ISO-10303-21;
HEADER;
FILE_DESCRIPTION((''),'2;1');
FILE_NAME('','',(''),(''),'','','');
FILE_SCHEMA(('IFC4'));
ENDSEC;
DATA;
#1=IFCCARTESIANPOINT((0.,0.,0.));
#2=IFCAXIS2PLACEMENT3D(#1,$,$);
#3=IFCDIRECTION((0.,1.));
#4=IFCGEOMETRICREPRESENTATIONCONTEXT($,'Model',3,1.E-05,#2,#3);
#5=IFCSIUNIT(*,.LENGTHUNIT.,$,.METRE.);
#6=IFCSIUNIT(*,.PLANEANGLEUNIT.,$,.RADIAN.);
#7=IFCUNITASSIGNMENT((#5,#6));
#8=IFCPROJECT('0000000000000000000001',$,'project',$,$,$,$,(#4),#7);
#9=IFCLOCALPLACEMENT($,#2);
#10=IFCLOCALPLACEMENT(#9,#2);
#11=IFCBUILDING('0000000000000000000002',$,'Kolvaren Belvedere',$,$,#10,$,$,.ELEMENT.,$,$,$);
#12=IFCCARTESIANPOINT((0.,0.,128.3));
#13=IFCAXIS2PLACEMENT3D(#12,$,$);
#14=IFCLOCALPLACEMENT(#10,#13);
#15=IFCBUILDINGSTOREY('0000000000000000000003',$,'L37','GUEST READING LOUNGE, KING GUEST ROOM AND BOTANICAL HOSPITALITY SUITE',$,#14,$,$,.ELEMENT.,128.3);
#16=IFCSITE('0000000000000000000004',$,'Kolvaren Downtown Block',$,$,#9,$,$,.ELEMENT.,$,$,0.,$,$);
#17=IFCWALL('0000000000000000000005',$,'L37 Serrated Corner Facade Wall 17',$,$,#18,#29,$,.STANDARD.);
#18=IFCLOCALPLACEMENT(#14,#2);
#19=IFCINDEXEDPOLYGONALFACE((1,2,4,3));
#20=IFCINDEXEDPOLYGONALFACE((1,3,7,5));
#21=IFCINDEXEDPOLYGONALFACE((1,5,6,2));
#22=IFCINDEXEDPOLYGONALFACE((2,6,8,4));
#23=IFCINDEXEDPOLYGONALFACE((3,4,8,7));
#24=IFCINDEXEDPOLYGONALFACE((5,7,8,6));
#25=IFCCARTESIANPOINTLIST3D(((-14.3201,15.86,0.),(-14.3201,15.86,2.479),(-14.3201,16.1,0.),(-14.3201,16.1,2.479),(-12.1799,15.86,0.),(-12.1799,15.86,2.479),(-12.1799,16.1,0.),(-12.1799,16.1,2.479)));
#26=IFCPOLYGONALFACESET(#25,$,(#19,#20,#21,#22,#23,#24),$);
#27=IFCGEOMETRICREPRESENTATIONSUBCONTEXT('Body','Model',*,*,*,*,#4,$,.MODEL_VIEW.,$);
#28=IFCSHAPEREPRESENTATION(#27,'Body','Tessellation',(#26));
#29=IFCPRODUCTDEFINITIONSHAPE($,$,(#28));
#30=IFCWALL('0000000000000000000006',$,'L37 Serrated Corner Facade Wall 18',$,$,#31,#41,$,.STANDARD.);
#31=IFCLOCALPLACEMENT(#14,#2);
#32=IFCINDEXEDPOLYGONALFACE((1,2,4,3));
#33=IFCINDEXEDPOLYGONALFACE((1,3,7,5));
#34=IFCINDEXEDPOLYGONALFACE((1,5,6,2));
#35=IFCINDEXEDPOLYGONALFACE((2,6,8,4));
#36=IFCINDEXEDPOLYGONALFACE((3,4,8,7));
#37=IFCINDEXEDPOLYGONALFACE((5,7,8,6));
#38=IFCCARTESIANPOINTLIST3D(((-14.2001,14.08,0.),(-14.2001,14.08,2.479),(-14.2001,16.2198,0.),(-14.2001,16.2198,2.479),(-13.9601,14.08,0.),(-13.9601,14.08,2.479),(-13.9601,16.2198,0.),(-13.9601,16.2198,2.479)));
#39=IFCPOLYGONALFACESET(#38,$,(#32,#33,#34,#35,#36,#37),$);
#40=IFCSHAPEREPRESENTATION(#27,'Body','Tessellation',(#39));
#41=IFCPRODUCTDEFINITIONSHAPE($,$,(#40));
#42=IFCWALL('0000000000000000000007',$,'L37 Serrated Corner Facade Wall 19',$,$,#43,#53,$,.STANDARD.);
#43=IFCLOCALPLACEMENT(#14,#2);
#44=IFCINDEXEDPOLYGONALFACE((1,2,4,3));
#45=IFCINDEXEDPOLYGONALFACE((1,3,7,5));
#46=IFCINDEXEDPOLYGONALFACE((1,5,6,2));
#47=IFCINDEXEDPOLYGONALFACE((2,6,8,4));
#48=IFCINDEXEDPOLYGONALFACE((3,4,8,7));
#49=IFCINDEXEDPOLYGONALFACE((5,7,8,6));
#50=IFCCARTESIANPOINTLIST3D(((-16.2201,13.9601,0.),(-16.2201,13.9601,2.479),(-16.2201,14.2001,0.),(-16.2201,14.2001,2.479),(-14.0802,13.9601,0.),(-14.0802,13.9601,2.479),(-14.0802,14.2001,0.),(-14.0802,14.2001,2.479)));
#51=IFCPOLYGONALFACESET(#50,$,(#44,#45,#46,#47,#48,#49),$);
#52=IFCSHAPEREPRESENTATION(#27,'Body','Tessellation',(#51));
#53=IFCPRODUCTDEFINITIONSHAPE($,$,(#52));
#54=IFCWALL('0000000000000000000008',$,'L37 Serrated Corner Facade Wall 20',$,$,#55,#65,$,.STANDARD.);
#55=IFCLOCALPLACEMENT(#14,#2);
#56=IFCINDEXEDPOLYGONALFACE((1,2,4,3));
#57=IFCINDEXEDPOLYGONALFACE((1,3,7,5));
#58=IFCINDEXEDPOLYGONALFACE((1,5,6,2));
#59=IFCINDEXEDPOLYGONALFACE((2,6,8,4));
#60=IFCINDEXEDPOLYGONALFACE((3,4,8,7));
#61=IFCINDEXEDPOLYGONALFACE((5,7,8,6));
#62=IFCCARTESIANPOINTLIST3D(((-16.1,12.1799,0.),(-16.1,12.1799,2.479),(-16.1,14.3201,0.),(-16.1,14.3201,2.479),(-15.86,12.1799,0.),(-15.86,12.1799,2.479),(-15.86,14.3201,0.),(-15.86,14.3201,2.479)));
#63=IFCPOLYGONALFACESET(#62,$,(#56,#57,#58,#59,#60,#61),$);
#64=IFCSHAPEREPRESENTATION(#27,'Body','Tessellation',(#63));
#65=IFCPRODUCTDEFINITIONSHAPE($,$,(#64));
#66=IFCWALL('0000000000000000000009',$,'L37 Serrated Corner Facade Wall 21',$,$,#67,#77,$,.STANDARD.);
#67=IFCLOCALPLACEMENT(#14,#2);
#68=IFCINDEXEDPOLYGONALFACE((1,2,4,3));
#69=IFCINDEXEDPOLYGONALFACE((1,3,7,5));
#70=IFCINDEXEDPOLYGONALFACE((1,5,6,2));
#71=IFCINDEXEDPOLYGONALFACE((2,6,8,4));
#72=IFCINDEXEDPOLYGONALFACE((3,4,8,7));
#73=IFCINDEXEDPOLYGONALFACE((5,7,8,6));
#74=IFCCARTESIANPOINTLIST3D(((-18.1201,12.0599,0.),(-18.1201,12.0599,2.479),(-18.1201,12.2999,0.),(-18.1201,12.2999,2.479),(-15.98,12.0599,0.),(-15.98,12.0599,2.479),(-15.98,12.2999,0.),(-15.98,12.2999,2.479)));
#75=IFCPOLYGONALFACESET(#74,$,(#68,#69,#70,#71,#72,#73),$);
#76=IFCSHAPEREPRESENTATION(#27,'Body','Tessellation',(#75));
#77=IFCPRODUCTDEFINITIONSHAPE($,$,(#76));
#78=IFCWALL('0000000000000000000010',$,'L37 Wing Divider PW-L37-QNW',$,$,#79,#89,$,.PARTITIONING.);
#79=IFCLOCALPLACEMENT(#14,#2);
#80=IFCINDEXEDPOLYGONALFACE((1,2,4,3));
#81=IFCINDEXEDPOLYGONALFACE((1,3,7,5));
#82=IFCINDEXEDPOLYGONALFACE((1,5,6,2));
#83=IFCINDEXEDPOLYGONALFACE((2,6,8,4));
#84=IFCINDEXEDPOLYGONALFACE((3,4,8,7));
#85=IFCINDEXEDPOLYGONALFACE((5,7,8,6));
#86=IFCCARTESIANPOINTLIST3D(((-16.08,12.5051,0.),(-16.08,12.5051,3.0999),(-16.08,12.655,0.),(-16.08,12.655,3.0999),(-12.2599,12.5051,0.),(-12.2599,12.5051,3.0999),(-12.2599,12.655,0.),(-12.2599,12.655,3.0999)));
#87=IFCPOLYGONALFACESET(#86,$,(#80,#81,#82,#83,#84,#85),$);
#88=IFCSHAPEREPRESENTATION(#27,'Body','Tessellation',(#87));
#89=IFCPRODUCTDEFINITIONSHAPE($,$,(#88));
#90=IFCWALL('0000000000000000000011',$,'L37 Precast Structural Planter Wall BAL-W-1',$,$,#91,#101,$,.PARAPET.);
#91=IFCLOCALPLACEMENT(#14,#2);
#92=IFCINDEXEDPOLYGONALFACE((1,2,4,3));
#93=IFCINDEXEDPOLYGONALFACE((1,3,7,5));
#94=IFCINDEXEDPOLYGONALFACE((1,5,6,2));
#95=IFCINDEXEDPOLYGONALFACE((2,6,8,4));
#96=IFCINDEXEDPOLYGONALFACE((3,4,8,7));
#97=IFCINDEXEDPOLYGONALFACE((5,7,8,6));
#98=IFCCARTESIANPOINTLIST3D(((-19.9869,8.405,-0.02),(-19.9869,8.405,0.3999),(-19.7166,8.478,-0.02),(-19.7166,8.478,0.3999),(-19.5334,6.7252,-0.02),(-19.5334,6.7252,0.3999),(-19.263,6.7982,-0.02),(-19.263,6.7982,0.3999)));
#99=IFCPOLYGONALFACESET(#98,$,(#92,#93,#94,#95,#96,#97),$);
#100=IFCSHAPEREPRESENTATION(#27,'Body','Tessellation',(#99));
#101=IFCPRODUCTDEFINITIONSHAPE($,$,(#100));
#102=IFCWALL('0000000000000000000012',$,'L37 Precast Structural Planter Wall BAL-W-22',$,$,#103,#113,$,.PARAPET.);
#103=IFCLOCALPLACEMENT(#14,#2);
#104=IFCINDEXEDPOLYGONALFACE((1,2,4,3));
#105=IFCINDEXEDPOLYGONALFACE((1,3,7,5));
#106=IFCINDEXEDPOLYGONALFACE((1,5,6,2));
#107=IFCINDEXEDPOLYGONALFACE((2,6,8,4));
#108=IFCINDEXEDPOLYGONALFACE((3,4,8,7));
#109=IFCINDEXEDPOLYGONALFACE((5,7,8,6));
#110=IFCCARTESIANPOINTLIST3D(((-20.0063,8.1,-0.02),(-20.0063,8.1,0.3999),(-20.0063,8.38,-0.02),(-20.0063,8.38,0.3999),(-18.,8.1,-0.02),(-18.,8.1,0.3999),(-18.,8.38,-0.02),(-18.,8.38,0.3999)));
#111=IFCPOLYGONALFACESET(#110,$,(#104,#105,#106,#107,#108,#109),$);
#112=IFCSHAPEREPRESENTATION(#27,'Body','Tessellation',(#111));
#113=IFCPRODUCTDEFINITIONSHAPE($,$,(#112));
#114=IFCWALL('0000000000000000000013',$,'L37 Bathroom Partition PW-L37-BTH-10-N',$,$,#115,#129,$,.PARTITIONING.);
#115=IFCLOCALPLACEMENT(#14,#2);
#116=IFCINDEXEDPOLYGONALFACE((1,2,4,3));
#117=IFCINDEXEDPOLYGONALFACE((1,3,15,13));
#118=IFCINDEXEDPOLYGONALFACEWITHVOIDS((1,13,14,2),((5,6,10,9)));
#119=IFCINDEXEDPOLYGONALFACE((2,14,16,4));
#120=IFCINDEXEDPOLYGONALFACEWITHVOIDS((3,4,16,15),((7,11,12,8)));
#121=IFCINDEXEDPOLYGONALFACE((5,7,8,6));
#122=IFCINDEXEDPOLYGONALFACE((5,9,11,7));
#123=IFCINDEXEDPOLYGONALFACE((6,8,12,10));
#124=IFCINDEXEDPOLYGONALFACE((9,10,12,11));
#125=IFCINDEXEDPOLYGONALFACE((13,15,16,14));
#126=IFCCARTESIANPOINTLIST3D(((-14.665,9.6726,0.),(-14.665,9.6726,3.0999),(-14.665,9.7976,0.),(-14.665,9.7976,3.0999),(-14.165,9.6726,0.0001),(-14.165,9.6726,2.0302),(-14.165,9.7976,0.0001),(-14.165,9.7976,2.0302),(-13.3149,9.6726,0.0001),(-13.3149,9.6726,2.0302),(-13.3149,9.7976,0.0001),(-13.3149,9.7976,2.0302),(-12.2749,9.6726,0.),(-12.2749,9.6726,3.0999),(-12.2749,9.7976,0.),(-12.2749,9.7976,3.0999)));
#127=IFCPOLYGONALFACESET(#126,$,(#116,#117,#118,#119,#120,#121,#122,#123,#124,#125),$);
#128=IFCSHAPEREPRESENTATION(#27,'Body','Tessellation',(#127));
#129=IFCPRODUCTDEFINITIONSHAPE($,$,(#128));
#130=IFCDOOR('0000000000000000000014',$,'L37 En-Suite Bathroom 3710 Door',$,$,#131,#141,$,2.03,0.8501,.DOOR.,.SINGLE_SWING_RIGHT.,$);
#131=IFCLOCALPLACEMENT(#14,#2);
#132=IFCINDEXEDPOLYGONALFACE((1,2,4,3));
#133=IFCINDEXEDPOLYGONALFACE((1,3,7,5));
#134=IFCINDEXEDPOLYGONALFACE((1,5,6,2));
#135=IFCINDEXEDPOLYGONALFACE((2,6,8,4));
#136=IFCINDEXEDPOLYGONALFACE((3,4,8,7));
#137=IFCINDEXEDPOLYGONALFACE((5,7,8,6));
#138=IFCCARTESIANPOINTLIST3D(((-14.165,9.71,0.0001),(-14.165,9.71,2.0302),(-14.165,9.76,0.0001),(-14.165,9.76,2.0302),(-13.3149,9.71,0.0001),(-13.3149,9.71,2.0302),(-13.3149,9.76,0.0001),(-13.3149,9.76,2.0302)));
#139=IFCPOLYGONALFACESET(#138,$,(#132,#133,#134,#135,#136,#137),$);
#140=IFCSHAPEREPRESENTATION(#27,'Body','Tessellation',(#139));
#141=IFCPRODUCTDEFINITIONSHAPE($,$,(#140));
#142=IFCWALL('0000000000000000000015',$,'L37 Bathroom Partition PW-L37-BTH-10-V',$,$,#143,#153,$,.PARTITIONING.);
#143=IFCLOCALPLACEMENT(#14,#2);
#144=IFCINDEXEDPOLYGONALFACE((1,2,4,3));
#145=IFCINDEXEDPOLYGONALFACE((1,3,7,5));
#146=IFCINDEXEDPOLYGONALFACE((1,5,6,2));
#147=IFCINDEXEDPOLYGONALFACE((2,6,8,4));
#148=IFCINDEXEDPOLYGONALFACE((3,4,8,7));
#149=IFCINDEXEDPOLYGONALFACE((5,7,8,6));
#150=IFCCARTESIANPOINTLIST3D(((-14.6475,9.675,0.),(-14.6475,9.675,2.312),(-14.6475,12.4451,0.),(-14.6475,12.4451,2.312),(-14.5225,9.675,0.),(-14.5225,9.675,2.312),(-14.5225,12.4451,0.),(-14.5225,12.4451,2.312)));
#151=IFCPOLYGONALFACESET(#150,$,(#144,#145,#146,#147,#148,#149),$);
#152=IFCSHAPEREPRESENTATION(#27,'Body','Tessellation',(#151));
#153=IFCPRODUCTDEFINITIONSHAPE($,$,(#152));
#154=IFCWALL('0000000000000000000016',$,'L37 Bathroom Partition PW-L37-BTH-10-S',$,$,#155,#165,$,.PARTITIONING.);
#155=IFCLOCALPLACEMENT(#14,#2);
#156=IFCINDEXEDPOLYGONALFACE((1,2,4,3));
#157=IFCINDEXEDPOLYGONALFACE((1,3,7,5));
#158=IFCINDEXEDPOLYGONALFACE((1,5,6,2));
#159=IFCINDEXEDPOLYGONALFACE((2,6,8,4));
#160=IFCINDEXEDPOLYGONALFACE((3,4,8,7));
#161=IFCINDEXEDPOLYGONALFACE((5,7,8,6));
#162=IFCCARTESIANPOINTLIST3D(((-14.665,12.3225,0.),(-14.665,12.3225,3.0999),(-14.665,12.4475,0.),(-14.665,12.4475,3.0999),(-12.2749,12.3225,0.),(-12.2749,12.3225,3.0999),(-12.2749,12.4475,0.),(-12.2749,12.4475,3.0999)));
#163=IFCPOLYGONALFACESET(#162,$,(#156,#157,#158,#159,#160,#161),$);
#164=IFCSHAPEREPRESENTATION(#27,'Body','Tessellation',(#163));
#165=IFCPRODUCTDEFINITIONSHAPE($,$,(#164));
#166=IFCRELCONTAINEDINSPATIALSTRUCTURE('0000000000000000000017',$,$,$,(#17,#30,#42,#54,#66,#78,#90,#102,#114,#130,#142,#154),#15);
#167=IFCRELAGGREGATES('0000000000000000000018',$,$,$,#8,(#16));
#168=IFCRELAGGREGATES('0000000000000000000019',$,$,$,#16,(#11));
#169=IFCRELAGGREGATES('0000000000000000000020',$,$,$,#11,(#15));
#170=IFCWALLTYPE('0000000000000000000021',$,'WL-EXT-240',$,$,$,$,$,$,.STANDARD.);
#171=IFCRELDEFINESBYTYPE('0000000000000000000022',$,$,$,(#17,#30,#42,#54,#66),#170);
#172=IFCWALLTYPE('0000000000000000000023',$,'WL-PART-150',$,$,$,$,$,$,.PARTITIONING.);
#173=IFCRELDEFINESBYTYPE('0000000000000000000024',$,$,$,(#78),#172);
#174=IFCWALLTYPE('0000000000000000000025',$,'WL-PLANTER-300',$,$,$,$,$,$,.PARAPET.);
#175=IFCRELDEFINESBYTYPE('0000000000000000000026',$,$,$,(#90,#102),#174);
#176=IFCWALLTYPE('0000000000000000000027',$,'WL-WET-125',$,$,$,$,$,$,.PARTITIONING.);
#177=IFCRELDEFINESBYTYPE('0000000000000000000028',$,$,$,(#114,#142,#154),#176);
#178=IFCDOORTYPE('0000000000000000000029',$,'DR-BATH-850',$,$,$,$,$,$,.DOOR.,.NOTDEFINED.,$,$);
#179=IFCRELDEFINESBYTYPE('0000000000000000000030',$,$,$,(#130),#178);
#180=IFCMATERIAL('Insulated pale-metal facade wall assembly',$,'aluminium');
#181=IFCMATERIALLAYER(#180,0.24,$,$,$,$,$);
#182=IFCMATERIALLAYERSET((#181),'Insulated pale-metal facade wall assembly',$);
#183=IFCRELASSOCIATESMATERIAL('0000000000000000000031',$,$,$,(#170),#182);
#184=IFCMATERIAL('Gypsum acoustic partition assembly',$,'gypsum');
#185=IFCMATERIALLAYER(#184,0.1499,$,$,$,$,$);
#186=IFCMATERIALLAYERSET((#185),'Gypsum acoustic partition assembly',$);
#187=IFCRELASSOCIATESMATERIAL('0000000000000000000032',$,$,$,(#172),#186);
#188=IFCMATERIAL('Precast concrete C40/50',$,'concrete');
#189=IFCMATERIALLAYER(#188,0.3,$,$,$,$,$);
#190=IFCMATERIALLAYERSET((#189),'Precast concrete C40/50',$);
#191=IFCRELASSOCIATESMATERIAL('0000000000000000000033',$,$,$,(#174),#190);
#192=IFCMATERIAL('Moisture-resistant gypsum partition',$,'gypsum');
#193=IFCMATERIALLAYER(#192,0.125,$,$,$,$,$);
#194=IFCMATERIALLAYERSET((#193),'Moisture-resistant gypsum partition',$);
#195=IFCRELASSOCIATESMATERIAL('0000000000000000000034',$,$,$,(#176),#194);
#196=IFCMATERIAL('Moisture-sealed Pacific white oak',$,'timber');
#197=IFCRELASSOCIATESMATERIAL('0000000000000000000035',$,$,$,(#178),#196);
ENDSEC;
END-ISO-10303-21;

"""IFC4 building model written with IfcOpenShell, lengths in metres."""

from ifc_helpers import new_model, si_unit, direction, frame, frame_2d, origin, place, context, subcontext, project, spatial, rectangle, extrude, material, layer, layer_set, type_object, element, fill, save


model = new_model("IFC4")

# Units and contexts
model_context = context("Model", 3, precision=1e-05, world=origin(), true_north=direction((0.0, 1.0)))
body_context = subcontext(model_context, "Body", "Model", "MODEL_VIEW")
ifc_project = project(units=[si_unit("LENGTHUNIT", "METRE"), si_unit("PLANEANGLEUNIT", "RADIAN")], contexts=[model_context])

# Site, building, storey
site_placement = place(None, origin())
site = spatial("IfcSite", under=ifc_project, at=site_placement, Name="Kolvaren Downtown Block", CompositionType="ELEMENT", RefElevation=0.0)
building_placement = place(site_placement, origin())
building = spatial("IfcBuilding", under=site, at=building_placement, Name="Kolvaren Belvedere", CompositionType="ELEMENT")
storey_placement = place(building_placement, frame((0.0, 0.0, 128.3)))
storey = spatial("IfcBuildingStorey", under=building, at=storey_placement, Name="L37", Description="GUEST READING LOUNGE, KING GUEST ROOM AND BOTANICAL HOSPITALITY SUITE", CompositionType="ELEMENT", Elevation=128.3)

# Walls
ifc_material_1 = material(Name="Insulated pale-metal facade wall assembly", Category="aluminium")
ifc_layer_1 = layer(ifc_material_1, 0.24)
ifc_layer_set_1 = layer_set([ifc_layer_1], Name="Insulated pale-metal facade wall assembly")
wall_type_1 = type_object("IfcWallType", Name="WL-EXT-240", PredefinedType="STANDARD", material=ifc_layer_set_1)
for number, where, z_axis, x_axis, name in (
    (1, (-14.3201, 15.98, 0.0), (0.0, 0.0, 1.0), (1.0, 0.0, 0.0), "L37 Serrated Corner Facade Wall 17"),
):
    element("IfcWall", number, at=place(storey_placement, frame(where, z_axis=z_axis, x_axis=x_axis)), inside=storey, type_object=wall_type_1, Name=name, PredefinedType="STANDARD", context=body_context, shape_type="SweptSolid", body=[
        extrude(rectangle(XDim=2.1401, YDim=0.24, at=frame_2d((1.0701, 0.0))), origin(), (0.0, 0.0, 1.0), 2.479),
    ])
for number, where, z_axis, x_axis, name in (
    (2, (-14.0801, 14.0801, 0.0), (0.0, 0.0, 1.0), (0.0, 1.0, 0.0), "L37 Serrated Corner Facade Wall 18"),
    (3, (-16.22, 14.0801, 0.0), (0.0, 0.0, 1.0), (1.0, 0.0, 0.0), "L37 Serrated Corner Facade Wall 19"),
):
    element("IfcWall", number, at=place(storey_placement, frame(where, z_axis=z_axis, x_axis=x_axis)), inside=storey, type_object=wall_type_1, Name=name, PredefinedType="STANDARD", context=body_context, shape_type="SweptSolid", body=[
        extrude(rectangle(XDim=2.1399, YDim=0.24, at=frame_2d((1.0698, 0.0))), origin(), (0.0, 0.0, 1.0), 2.479),
    ])
for number, where, z_axis, x_axis, name in (
    (4, (-15.98, 12.1799, 0.0), (0.0, 0.0, 1.0), (0.0, 1.0, 0.0), "L37 Serrated Corner Facade Wall 20"),
    (5, (-18.1201, 12.1799, 0.0), (0.0, 0.0, 1.0), (1.0, 0.0, 0.0), "L37 Serrated Corner Facade Wall 21"),
):
    element("IfcWall", number, at=place(storey_placement, frame(where, z_axis=z_axis, x_axis=x_axis)), inside=storey, type_object=wall_type_1, Name=name, PredefinedType="STANDARD", context=body_context, shape_type="SweptSolid", body=[
        extrude(rectangle(XDim=2.1401, YDim=0.24, at=frame_2d((1.0701, 0.0))), origin(), (0.0, 0.0, 1.0), 2.479),
    ])
ifc_material_2 = material(Name="Gypsum acoustic partition assembly", Category="gypsum")
ifc_layer_2 = layer(ifc_material_2, 0.1499)
ifc_layer_set_2 = layer_set([ifc_layer_2], Name="Gypsum acoustic partition assembly")
wall_type_2 = type_object("IfcWallType", Name="WL-PART-150", PredefinedType="PARTITIONING", material=ifc_layer_set_2)
wall_1_placement = place(storey_placement, frame((-16.0801, 12.5801, 0.0), z_axis=(0.0, 0.0, 1.0), x_axis=(1.0, 0.0, 0.0)))
element("IfcWall", 6, at=wall_1_placement, inside=storey, type_object=wall_type_2, Name="L37 Wing Divider PW-L37-QNW", PredefinedType="PARTITIONING", context=body_context, shape_type="SweptSolid", body=[
    extrude(rectangle(XDim=3.8201, YDim=0.1499, at=frame_2d((1.9102, 0.0))), origin(), (0.0, 0.0, 1.0), 3.0999),
])
ifc_material_3 = material(Name="Precast concrete C40/50", Category="concrete")
ifc_layer_3 = layer(ifc_material_3, 0.3)
ifc_layer_set_3 = layer_set([ifc_layer_3], Name="Precast concrete C40/50")
wall_type_3 = type_object("IfcWallType", Name="WL-PLANTER-300", PredefinedType="PARAPET", material=ifc_layer_set_3)
wall_2_placement = place(storey_placement, frame((-19.8518, 8.4417, -0.02), z_axis=(0.0, 0.0, 1.0), x_axis=(0.260683, -0.965424, 0.0)))
element("IfcWall", 7, at=wall_2_placement, inside=storey, type_object=wall_type_3, Name="L37 Precast Structural Planter Wall BAL-W-1", PredefinedType="PARAPET", context=body_context, shape_type="SweptSolid", body=[
    extrude(rectangle(XDim=1.74, YDim=0.28, at=frame_2d((0.8701, 0.0))), origin(), (0.0, 0.0, 1.0), 0.4199),
])
wall_3_placement = place(storey_placement, frame((-18.0, 8.24, -0.02), z_axis=(0.0, 0.0, 1.0), x_axis=(-1.0, 0.0, 0.0)))
element("IfcWall", 8, at=wall_3_placement, inside=storey, type_object=wall_type_3, Name="L37 Precast Structural Planter Wall BAL-W-22", PredefinedType="PARAPET", context=body_context, shape_type="SweptSolid", body=[
    extrude(rectangle(XDim=2.0063, YDim=0.28, at=frame_2d((1.0032, 0.0))), origin(), (0.0, 0.0, 1.0), 0.4199),
])

# Wall, opening, door
ifc_material_4 = material(Name="Moisture-resistant gypsum partition", Category="gypsum")
ifc_layer_4 = layer(ifc_material_4, 0.125)
ifc_layer_set_4 = layer_set([ifc_layer_4], Name="Moisture-resistant gypsum partition")
wall_type_4 = type_object("IfcWallType", Name="WL-WET-125", PredefinedType="PARTITIONING", material=ifc_layer_set_4)
wall_4_placement = place(storey_placement, frame((-14.665, 9.7351, 0.0), z_axis=(0.0, 0.0, 1.0), x_axis=(1.0, 0.0, 0.0)))
wall_4 = element("IfcWall", 9, at=wall_4_placement, inside=storey, type_object=wall_type_4, Name="L37 Bathroom Partition PW-L37-BTH-10-N", PredefinedType="PARTITIONING", context=body_context, shape_type="SweptSolid", body=[
    extrude(rectangle(XDim=2.3901, YDim=0.125, at=frame_2d((1.1951, 0.0))), origin(), (0.0, 0.0, 1.0), 3.0999),
])
opening_1_placement = place(wall_4_placement, frame((0.5, 0.0, 0.0)))
opening_1 = element("IfcOpeningElement", 10, at=opening_1_placement, cuts=wall_4, PredefinedType="OPENING", context=body_context, shape_type="SweptSolid", body=[
    extrude(rectangle(XDim=0.8501, YDim=2.03, at=frame_2d((0.425, 1.0151))), frame((0.0, 0.0725, 0.0), z_axis=(0.0, -1.0, 0.0), x_axis=(1.0, 0.0, 0.0)), (0.0, 0.0, 1.0), 0.145),
])
ifc_material_5 = material(Name="Moisture-sealed Pacific white oak", Category="timber")
door_type_1 = type_object("IfcDoorType", Name="DR-BATH-850", OperationType="NOTDEFINED", PredefinedType="DOOR", material=ifc_material_5)
door_1_placement = place(opening_1_placement, origin())
door_1 = element("IfcDoor", 11, at=door_1_placement, inside=storey, type_object=door_type_1, Name="L37 En-Suite Bathroom 3710 Door", OperationType="SINGLE_SWING_RIGHT", OverallHeight=2.03, OverallWidth=0.8501, PredefinedType="DOOR", context=body_context, shape_type="SweptSolid", body=[
    extrude(rectangle(XDim=0.8501, YDim=2.03, at=frame_2d((0.425, 1.0151))), frame((0.0, 0.0249, 0.0), z_axis=(0.0, -1.0, 0.0), x_axis=(1.0, 0.0, 0.0)), (0.0, 0.0, 1.0), 0.05),
])
fill(opening_1, door_1)

# Walls
wall_5_placement = place(storey_placement, frame((-14.585, 9.675, 0.0), z_axis=(0.0, 0.0, 1.0), x_axis=(0.0, 1.0, 0.0)))
element("IfcWall", 12, at=wall_5_placement, inside=storey, type_object=wall_type_4, Name="L37 Bathroom Partition PW-L37-BTH-10-V", PredefinedType="PARTITIONING", context=body_context, shape_type="SweptSolid", body=[
    extrude(rectangle(XDim=2.77, YDim=0.125, at=frame_2d((1.385, 0.0))), origin(), (0.0, 0.0, 1.0), 2.312),
])
wall_6_placement = place(storey_placement, frame((-14.665, 12.385, 0.0), z_axis=(0.0, 0.0, 1.0), x_axis=(1.0, 0.0, 0.0)))
element("IfcWall", 13, at=wall_6_placement, inside=storey, type_object=wall_type_4, Name="L37 Bathroom Partition PW-L37-BTH-10-S", PredefinedType="PARTITIONING", context=body_context, shape_type="SweptSolid", body=[
    extrude(rectangle(XDim=2.3901, YDim=0.125, at=frame_2d((1.1951, 0.0))), origin(), (0.0, 0.0, 1.0), 3.0999),
])

save(model, "model.ifc")
